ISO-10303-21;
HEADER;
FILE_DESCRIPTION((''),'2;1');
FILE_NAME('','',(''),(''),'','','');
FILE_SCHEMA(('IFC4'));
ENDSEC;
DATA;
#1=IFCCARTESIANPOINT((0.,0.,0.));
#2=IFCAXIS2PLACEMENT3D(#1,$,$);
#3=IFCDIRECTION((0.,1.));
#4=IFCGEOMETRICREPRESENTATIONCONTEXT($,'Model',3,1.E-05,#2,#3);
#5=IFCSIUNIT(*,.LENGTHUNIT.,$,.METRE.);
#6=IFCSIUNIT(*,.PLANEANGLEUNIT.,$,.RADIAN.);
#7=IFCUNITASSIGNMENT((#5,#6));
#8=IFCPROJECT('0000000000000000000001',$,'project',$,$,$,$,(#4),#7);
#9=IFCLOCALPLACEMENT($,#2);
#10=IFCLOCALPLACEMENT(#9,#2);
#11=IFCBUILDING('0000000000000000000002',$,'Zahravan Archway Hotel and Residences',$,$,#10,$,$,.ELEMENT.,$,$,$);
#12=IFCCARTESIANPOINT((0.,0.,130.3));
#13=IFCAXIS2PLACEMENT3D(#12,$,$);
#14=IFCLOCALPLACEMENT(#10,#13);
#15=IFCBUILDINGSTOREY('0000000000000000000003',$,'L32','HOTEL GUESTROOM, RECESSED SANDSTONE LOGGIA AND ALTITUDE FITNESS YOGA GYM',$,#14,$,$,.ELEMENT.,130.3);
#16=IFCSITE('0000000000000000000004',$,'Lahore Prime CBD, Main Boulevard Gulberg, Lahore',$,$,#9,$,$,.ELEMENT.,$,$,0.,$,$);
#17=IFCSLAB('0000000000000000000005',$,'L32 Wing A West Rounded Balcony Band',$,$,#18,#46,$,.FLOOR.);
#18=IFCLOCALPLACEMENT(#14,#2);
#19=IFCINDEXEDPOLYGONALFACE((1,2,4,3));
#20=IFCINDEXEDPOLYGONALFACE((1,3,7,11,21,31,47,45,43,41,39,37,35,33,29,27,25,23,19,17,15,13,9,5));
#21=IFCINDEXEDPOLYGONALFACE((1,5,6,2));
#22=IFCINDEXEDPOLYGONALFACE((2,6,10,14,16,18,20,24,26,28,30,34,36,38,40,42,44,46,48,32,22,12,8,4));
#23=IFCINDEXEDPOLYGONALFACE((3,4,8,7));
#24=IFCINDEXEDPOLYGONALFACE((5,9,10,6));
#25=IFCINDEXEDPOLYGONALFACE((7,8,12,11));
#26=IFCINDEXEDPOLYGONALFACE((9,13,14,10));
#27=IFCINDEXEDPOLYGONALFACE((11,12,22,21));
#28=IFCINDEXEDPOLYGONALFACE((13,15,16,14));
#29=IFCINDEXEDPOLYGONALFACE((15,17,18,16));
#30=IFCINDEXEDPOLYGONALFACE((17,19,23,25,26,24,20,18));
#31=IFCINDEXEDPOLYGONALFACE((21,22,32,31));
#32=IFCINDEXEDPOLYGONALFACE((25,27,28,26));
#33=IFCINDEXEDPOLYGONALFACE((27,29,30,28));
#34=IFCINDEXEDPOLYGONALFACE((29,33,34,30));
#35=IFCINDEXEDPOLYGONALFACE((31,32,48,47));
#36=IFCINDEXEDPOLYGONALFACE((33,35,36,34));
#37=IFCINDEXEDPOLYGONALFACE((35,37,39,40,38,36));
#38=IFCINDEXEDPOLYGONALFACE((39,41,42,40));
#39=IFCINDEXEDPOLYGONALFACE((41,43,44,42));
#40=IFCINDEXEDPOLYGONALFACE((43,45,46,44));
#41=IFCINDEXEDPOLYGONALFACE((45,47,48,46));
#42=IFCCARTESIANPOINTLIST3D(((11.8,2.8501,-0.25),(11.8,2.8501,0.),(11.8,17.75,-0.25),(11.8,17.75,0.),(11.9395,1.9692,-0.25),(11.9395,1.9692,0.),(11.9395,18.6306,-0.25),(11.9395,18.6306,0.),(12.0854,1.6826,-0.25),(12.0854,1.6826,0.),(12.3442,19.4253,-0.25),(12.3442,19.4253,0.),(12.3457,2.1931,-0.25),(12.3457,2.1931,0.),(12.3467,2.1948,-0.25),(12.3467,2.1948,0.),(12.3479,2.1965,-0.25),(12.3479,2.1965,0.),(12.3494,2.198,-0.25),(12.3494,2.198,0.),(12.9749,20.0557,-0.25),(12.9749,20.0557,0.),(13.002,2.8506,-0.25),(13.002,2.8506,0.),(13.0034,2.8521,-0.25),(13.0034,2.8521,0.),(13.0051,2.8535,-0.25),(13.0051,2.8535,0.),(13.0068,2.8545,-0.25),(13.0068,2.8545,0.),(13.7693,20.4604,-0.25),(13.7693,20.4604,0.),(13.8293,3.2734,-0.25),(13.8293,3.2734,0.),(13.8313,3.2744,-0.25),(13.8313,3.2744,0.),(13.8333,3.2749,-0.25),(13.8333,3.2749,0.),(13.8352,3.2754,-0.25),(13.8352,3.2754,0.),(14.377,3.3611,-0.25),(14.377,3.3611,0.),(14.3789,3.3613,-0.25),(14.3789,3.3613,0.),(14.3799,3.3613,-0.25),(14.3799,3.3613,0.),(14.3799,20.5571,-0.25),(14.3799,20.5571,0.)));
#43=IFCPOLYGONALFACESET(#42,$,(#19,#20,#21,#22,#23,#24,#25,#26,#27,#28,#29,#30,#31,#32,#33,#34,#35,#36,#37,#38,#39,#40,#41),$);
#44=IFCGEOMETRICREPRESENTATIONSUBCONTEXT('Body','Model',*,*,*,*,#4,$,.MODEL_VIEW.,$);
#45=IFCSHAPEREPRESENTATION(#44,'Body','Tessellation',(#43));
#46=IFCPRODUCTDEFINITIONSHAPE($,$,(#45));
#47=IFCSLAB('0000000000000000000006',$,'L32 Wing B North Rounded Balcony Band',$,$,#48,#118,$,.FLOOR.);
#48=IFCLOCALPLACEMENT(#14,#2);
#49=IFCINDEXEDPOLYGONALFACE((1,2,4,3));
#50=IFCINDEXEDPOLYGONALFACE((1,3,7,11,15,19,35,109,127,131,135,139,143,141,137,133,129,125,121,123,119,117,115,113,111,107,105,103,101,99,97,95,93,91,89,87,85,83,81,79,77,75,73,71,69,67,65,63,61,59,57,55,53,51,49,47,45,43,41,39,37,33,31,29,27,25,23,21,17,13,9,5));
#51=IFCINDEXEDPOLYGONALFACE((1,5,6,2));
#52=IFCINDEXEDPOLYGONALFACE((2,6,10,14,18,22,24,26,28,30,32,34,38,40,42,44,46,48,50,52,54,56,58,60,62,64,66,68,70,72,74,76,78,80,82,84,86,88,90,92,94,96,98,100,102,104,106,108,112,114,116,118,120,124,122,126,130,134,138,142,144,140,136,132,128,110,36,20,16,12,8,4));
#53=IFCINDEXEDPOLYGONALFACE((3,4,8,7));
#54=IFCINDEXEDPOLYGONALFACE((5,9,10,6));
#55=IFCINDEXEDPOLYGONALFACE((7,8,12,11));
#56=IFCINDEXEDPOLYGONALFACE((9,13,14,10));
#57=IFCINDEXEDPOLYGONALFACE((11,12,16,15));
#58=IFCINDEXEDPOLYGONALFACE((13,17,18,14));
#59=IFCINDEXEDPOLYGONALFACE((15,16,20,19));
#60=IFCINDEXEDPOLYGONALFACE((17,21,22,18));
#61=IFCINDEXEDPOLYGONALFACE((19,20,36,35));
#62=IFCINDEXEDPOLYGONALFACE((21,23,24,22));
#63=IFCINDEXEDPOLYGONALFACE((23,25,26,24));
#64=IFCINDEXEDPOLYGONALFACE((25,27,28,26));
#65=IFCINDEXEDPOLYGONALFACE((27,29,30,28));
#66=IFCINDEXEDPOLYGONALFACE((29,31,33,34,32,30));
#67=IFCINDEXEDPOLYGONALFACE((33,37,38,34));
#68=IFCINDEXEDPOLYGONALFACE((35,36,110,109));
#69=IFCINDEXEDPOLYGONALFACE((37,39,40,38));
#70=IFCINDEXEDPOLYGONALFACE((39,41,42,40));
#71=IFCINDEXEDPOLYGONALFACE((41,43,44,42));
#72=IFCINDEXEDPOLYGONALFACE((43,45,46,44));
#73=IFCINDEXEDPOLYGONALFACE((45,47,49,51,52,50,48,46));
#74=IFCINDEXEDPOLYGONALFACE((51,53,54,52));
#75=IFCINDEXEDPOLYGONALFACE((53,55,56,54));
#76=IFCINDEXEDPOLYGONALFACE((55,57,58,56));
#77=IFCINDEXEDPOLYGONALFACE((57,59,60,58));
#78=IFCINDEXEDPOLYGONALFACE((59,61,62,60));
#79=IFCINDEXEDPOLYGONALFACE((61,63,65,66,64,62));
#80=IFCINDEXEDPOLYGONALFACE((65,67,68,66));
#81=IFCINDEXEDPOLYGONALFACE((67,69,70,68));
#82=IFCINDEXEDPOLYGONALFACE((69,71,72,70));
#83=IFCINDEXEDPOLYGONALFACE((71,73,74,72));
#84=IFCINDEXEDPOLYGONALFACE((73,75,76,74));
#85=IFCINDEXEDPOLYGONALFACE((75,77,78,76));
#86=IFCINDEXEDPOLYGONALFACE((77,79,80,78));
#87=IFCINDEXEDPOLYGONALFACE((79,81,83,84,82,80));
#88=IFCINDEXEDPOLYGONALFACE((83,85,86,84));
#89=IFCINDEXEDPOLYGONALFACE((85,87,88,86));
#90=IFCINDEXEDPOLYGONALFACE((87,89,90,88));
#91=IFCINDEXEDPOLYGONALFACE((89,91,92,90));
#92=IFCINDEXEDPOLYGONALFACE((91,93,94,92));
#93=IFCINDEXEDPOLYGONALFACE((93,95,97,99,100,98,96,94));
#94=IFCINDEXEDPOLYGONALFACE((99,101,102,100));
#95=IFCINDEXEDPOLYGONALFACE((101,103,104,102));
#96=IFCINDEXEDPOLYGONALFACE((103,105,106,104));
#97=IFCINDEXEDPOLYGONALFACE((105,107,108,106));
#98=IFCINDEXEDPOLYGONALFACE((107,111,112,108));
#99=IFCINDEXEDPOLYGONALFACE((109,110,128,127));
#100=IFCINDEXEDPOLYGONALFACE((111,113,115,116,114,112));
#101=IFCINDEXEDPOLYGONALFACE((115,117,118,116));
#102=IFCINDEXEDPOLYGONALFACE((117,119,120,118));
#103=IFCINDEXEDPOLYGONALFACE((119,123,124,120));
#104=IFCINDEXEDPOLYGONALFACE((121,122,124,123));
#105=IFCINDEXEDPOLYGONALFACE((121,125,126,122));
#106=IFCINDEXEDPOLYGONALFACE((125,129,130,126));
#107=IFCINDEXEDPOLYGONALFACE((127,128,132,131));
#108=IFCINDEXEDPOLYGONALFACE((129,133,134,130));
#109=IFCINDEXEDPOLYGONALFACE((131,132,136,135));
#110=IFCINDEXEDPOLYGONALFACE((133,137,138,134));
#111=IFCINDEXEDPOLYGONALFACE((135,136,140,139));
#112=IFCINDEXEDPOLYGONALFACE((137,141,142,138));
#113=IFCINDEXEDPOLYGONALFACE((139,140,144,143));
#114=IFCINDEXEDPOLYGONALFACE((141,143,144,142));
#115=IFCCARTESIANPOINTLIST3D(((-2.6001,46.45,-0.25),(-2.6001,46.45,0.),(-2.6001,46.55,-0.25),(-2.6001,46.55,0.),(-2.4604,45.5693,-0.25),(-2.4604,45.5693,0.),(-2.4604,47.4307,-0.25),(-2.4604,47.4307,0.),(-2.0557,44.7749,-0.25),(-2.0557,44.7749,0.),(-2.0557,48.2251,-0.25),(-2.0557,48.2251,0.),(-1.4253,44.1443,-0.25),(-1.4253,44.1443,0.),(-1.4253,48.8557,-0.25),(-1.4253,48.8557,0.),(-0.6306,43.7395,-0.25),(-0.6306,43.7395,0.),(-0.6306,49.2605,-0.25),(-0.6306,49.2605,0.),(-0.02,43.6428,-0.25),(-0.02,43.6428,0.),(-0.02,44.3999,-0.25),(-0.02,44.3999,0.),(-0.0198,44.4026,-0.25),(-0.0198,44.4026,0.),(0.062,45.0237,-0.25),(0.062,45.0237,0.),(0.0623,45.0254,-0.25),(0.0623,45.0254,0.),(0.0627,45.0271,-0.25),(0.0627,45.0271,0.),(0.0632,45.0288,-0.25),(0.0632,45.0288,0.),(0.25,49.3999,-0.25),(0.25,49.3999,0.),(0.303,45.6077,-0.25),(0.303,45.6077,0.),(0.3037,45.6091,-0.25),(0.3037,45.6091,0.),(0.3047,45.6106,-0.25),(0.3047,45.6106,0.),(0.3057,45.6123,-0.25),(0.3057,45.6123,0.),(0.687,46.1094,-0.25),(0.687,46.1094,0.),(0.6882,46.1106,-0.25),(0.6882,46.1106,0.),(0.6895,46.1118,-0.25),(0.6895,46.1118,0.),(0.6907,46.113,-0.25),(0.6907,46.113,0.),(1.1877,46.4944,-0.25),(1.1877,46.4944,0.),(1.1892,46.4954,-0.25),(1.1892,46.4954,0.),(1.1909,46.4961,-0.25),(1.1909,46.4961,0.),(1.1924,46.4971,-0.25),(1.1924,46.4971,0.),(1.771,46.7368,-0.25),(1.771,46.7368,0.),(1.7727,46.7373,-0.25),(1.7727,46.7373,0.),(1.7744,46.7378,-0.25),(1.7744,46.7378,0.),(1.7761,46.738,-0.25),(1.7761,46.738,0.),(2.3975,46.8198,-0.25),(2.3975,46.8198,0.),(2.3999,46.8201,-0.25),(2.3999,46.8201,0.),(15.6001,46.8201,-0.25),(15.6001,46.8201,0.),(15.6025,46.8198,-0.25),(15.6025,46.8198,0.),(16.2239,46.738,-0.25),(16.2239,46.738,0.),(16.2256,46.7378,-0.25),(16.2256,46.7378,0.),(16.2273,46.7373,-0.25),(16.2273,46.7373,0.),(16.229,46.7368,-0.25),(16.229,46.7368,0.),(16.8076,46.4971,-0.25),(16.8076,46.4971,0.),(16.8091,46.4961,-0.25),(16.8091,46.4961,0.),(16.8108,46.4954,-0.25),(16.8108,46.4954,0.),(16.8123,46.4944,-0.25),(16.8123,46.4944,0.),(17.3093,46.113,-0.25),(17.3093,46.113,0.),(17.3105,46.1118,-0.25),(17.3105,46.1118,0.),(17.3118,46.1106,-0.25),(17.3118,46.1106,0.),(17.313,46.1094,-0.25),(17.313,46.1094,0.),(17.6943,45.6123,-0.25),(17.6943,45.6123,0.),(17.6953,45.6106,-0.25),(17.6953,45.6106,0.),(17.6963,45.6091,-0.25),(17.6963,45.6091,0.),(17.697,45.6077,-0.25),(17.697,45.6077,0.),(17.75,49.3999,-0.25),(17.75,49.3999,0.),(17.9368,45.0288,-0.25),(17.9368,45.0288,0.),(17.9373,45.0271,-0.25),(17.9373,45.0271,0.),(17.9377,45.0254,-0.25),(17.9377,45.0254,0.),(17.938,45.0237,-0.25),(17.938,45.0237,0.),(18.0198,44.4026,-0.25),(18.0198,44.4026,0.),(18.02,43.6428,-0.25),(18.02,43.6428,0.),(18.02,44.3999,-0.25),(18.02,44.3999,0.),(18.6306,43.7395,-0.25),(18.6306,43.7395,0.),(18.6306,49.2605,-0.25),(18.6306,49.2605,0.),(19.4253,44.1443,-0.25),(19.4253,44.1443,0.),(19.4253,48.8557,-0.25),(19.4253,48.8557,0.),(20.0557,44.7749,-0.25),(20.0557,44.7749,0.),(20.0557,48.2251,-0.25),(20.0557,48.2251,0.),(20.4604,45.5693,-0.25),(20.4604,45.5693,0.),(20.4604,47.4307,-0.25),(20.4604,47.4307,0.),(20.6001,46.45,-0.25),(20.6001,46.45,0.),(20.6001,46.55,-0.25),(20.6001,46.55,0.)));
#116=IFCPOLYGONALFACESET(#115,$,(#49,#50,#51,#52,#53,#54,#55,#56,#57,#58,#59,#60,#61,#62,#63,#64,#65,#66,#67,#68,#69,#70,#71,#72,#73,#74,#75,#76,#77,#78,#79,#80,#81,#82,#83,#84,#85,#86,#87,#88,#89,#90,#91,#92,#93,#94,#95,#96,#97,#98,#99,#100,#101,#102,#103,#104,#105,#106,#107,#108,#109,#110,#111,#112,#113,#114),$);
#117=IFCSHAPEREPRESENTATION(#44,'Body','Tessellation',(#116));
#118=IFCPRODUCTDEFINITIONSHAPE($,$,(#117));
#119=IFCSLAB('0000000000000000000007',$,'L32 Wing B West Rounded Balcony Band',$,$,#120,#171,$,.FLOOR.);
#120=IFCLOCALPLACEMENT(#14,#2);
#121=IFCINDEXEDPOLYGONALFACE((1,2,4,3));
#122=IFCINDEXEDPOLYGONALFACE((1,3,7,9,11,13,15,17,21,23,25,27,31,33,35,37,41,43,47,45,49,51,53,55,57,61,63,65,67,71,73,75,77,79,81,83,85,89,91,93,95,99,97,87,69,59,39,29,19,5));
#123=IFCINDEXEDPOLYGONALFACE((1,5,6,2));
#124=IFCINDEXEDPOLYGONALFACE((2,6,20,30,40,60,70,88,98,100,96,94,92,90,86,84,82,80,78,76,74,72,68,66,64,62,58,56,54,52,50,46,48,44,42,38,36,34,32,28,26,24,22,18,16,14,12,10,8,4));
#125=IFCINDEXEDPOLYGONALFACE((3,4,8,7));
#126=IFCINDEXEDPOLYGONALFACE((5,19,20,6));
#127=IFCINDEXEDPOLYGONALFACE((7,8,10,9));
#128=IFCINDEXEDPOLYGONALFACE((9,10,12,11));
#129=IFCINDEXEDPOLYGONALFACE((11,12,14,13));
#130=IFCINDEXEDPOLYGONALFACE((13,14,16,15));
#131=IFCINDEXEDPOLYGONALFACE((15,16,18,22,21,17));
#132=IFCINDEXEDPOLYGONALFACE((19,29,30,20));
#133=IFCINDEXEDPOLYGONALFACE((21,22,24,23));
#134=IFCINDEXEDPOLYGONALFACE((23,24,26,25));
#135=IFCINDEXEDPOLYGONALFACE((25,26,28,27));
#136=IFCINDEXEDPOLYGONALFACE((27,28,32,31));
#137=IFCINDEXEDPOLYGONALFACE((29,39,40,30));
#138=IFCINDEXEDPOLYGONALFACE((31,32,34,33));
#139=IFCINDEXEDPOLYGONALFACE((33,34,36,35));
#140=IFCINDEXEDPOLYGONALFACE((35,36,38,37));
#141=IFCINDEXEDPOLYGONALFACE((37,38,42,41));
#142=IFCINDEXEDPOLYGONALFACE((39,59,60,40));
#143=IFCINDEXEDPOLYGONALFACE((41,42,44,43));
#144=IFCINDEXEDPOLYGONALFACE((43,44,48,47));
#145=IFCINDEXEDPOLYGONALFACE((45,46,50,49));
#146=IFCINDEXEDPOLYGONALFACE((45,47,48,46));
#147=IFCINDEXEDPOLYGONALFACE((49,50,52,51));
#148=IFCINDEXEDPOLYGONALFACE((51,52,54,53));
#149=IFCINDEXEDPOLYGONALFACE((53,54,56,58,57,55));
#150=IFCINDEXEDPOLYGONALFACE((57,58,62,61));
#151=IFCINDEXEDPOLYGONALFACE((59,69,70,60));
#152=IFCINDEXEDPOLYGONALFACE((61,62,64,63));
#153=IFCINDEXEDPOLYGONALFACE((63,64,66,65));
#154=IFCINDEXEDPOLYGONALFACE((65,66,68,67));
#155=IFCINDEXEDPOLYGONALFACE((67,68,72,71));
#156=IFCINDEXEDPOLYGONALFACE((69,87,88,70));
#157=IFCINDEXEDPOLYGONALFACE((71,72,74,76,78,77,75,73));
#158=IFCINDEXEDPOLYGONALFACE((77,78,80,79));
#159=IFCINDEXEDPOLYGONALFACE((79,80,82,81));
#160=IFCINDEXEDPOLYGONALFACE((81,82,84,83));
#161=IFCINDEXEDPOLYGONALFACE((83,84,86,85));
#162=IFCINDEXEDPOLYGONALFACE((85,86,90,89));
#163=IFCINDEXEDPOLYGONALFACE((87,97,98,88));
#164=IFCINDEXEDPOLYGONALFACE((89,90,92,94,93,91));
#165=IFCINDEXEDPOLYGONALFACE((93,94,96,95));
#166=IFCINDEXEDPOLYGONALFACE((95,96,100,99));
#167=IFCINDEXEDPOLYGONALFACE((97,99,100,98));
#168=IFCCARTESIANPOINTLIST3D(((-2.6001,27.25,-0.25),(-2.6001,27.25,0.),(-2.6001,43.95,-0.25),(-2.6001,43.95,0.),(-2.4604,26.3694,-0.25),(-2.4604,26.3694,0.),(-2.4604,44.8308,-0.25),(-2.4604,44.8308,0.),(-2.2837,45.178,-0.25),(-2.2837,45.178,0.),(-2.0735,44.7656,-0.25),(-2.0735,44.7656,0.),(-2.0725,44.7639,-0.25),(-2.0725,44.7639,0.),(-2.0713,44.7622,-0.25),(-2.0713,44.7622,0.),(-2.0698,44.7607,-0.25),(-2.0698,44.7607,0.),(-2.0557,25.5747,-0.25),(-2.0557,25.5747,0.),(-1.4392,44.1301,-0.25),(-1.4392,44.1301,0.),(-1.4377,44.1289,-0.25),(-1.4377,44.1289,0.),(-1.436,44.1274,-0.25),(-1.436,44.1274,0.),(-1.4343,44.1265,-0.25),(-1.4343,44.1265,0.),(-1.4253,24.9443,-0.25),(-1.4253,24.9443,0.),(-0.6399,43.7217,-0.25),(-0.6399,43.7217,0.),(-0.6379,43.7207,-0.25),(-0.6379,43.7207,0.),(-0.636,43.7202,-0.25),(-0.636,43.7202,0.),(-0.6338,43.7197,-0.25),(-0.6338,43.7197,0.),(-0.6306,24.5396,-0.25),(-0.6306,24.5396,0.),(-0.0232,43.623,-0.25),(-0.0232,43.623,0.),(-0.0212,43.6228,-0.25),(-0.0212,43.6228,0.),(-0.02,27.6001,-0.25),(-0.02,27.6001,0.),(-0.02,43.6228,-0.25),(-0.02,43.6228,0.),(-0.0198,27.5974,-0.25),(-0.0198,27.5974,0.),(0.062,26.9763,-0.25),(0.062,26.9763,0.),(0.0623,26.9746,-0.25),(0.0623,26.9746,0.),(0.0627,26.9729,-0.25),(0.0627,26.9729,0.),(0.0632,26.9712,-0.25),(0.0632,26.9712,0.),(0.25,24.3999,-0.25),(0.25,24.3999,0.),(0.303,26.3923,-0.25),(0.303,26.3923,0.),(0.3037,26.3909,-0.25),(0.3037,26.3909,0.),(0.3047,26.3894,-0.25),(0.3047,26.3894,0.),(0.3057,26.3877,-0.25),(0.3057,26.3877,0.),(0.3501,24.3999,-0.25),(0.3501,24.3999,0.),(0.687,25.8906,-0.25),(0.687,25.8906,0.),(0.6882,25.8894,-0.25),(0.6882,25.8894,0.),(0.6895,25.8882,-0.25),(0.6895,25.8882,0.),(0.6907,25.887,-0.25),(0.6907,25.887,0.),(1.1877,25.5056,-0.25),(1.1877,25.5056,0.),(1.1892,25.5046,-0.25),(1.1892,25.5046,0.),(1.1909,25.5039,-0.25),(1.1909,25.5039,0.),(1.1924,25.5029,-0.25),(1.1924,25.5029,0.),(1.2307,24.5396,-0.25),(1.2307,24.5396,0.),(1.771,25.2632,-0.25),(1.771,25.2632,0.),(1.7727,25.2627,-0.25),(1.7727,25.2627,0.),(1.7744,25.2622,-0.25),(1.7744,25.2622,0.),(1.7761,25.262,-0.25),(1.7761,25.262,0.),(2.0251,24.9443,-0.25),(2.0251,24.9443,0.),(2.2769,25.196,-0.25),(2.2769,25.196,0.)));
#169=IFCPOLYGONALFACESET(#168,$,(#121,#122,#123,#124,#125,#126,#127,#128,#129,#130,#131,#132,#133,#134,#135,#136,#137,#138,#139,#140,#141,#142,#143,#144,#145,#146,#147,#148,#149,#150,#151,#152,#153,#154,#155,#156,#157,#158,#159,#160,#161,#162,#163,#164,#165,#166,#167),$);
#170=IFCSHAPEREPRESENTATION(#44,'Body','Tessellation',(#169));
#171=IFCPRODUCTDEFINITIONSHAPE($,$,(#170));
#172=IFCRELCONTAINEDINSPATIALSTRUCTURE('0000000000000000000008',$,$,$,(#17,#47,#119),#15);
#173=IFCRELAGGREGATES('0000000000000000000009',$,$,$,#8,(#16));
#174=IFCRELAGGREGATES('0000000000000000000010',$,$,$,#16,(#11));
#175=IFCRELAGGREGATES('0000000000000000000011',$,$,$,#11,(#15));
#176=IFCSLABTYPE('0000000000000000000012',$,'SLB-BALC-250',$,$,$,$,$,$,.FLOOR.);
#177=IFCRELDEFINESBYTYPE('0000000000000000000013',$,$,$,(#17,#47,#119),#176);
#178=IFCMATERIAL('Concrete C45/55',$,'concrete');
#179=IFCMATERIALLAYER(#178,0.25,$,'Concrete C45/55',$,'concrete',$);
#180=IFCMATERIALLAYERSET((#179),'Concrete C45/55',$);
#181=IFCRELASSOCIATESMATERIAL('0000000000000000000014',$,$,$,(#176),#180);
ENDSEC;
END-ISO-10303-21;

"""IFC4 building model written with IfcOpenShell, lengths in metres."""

from ifc_helpers import new_model, si_unit, direction, frame, origin, place, context, subcontext, project, spatial, polyline, outline, extrude, material, layer, layer_set, type_object, element, save


model = new_model("IFC4")

# Units and contexts
model_context = context("Model", 3, precision=1e-05, world=origin(), true_north=direction((0.0, 1.0)))
body_context = subcontext(model_context, "Body", "Model", "MODEL_VIEW")
ifc_project = project(units=[si_unit("LENGTHUNIT", "METRE"), si_unit("PLANEANGLEUNIT", "RADIAN")], contexts=[model_context])

# Site, building, storey
site_placement = place(None, origin())
site = spatial("IfcSite", under=ifc_project, at=site_placement, Name="Lahore Prime CBD, Main Boulevard Gulberg, Lahore", CompositionType="ELEMENT", RefElevation=0.0)
building_placement = place(site_placement, origin())
building = spatial("IfcBuilding", under=site, at=building_placement, Name="Zahravan Archway Hotel and Residences", CompositionType="ELEMENT")
storey_placement = place(building_placement, frame((0.0, 0.0, 130.3)))
storey = spatial("IfcBuildingStorey", under=building, at=storey_placement, Name="L32", Description="HOTEL GUESTROOM, RECESSED SANDSTONE LOGGIA AND ALTITUDE FITNESS YOGA GYM", CompositionType="ELEMENT", Elevation=130.3)

# Slabs
ifc_material_1 = material(Name="Concrete C45/55", Category="concrete")
ifc_layer_1 = layer(ifc_material_1, 0.25, Name="Concrete C45/55", Category="concrete")
ifc_layer_set_1 = layer_set([ifc_layer_1], Name="Concrete C45/55")
slab_type_1 = type_object("IfcSlabType", Name="SLB-BALC-250", PredefinedType="FLOOR", material=ifc_layer_set_1)
slab_1_placement = place(storey_placement, frame((0.0, 0.0, -0.25)))
element("IfcSlab", 1, at=slab_1_placement, inside=storey, type_object=slab_type_1, Name="L32 Wing A West Rounded Balcony Band", PredefinedType="FLOOR", context=body_context, shape_type="SweptSolid", body=[
    extrude(outline(polyline([(11.9395, 1.9692), (11.8, 2.8501), (11.8, 17.75), (11.9395, 18.6306), (12.3442, 19.4253), (12.9749, 20.0557), (13.7693, 20.4604), (14.3799, 20.5571), (14.3799, 3.3613), (14.3789, 3.3613), (14.377, 3.3611), (13.8352, 3.2754), (13.8333, 3.2749), (13.8313, 3.2744), (13.8293, 3.2734), (13.0068, 2.8545), (13.0051, 2.8535), (13.0034, 2.8521), (13.002, 2.8506), (12.3494, 2.198), (12.3479, 2.1965), (12.3467, 2.1948), (12.3457, 2.1931), (12.0854, 1.6826), (11.9395, 1.9692)])), origin(), (0.0, 0.0, 1.0), 0.25),
])
slab_2_placement = place(storey_placement, frame((0.0, 0.0, -0.25)))
element("IfcSlab", 2, at=slab_2_placement, inside=storey, type_object=slab_type_1, Name="L32 Wing B North Rounded Balcony Band", PredefinedType="FLOOR", context=body_context, shape_type="SweptSolid", body=[
    extrude(outline(polyline([(-0.6306, 43.7395), (-1.4253, 44.1443), (-2.0557, 44.7749), (-2.4604, 45.5693), (-2.6001, 46.45), (-2.6001, 46.55), (-2.4604, 47.4307), (-2.0557, 48.2251), (-1.4253, 48.8557), (-0.6306, 49.2605), (0.25, 49.3999), (17.75, 49.3999), (18.6306, 49.2605), (19.4253, 48.8557), (20.0557, 48.2251), (20.4604, 47.4307), (20.6001, 46.55), (20.6001, 46.45), (20.4604, 45.5693), (20.0557, 44.7749), (19.4253, 44.1443), (18.6306, 43.7395), (18.02, 43.6428), (18.02, 44.3999), (18.0198, 44.4026), (17.938, 45.0237), (17.9377, 45.0254), (17.9373, 45.0271), (17.9368, 45.0288), (17.697, 45.6077), (17.6963, 45.6091), (17.6953, 45.6106), (17.6943, 45.6123), (17.313, 46.1094), (17.3118, 46.1106), (17.3105, 46.1118), (17.3093, 46.113), (16.8123, 46.4944), (16.8108, 46.4954), (16.8091, 46.4961), (16.8076, 46.4971), (16.229, 46.7368), (16.2273, 46.7373), (16.2256, 46.7378), (16.2239, 46.738), (15.6025, 46.8198), (15.6001, 46.8201), (2.3999, 46.8201), (2.3975, 46.8198), (1.7761, 46.738), (1.7744, 46.7378), (1.7727, 46.7373), (1.771, 46.7368), (1.1924, 46.4971), (1.1909, 46.4961), (1.1892, 46.4954), (1.1877, 46.4944), (0.6907, 46.113), (0.6895, 46.1118), (0.6882, 46.1106), (0.687, 46.1094), (0.3057, 45.6123), (0.3047, 45.6106), (0.3037, 45.6091), (0.303, 45.6077), (0.0632, 45.0288), (0.0627, 45.0271), (0.0623, 45.0254), (0.062, 45.0237), (-0.0198, 44.4026), (-0.02, 44.3999), (-0.02, 43.6428), (-0.6306, 43.7395)])), origin(), (0.0, 0.0, 1.0), 0.25),
])
slab_3_placement = place(storey_placement, frame((0.0, 0.0, -0.25)))
element("IfcSlab", 3, at=slab_3_placement, inside=storey, type_object=slab_type_1, Name="L32 Wing B West Rounded Balcony Band", PredefinedType="FLOOR", context=body_context, shape_type="SweptSolid", body=[
    extrude(outline(polyline([(2.0251, 24.9443), (1.2307, 24.5396), (0.3501, 24.3999), (0.25, 24.3999), (-0.6306, 24.5396), (-1.4253, 24.9443), (-2.0557, 25.5747), (-2.4604, 26.3694), (-2.6001, 27.25), (-2.6001, 43.95), (-2.4604, 44.8308), (-2.2837, 45.178), (-2.0735, 44.7656), (-2.0725, 44.7639), (-2.0713, 44.7622), (-2.0698, 44.7607), (-1.4392, 44.1301), (-1.4377, 44.1289), (-1.436, 44.1274), (-1.4343, 44.1265), (-0.6399, 43.7217), (-0.6379, 43.7207), (-0.636, 43.7202), (-0.6338, 43.7197), (-0.0232, 43.623), (-0.0212, 43.6228), (-0.02, 43.6228), (-0.02, 27.6001), (-0.0198, 27.5974), (0.062, 26.9763), (0.0623, 26.9746), (0.0627, 26.9729), (0.0632, 26.9712), (0.303, 26.3923), (0.3037, 26.3909), (0.3047, 26.3894), (0.3057, 26.3877), (0.687, 25.8906), (0.6882, 25.8894), (0.6895, 25.8882), (0.6907, 25.887), (1.1877, 25.5056), (1.1892, 25.5046), (1.1909, 25.5039), (1.1924, 25.5029), (1.771, 25.2632), (1.7727, 25.2627), (1.7744, 25.2622), (1.7761, 25.262), (2.2769, 25.196), (2.0251, 24.9443)])), origin(), (0.0, 0.0, 1.0), 0.25),
])

save(model, "model.ifc")
